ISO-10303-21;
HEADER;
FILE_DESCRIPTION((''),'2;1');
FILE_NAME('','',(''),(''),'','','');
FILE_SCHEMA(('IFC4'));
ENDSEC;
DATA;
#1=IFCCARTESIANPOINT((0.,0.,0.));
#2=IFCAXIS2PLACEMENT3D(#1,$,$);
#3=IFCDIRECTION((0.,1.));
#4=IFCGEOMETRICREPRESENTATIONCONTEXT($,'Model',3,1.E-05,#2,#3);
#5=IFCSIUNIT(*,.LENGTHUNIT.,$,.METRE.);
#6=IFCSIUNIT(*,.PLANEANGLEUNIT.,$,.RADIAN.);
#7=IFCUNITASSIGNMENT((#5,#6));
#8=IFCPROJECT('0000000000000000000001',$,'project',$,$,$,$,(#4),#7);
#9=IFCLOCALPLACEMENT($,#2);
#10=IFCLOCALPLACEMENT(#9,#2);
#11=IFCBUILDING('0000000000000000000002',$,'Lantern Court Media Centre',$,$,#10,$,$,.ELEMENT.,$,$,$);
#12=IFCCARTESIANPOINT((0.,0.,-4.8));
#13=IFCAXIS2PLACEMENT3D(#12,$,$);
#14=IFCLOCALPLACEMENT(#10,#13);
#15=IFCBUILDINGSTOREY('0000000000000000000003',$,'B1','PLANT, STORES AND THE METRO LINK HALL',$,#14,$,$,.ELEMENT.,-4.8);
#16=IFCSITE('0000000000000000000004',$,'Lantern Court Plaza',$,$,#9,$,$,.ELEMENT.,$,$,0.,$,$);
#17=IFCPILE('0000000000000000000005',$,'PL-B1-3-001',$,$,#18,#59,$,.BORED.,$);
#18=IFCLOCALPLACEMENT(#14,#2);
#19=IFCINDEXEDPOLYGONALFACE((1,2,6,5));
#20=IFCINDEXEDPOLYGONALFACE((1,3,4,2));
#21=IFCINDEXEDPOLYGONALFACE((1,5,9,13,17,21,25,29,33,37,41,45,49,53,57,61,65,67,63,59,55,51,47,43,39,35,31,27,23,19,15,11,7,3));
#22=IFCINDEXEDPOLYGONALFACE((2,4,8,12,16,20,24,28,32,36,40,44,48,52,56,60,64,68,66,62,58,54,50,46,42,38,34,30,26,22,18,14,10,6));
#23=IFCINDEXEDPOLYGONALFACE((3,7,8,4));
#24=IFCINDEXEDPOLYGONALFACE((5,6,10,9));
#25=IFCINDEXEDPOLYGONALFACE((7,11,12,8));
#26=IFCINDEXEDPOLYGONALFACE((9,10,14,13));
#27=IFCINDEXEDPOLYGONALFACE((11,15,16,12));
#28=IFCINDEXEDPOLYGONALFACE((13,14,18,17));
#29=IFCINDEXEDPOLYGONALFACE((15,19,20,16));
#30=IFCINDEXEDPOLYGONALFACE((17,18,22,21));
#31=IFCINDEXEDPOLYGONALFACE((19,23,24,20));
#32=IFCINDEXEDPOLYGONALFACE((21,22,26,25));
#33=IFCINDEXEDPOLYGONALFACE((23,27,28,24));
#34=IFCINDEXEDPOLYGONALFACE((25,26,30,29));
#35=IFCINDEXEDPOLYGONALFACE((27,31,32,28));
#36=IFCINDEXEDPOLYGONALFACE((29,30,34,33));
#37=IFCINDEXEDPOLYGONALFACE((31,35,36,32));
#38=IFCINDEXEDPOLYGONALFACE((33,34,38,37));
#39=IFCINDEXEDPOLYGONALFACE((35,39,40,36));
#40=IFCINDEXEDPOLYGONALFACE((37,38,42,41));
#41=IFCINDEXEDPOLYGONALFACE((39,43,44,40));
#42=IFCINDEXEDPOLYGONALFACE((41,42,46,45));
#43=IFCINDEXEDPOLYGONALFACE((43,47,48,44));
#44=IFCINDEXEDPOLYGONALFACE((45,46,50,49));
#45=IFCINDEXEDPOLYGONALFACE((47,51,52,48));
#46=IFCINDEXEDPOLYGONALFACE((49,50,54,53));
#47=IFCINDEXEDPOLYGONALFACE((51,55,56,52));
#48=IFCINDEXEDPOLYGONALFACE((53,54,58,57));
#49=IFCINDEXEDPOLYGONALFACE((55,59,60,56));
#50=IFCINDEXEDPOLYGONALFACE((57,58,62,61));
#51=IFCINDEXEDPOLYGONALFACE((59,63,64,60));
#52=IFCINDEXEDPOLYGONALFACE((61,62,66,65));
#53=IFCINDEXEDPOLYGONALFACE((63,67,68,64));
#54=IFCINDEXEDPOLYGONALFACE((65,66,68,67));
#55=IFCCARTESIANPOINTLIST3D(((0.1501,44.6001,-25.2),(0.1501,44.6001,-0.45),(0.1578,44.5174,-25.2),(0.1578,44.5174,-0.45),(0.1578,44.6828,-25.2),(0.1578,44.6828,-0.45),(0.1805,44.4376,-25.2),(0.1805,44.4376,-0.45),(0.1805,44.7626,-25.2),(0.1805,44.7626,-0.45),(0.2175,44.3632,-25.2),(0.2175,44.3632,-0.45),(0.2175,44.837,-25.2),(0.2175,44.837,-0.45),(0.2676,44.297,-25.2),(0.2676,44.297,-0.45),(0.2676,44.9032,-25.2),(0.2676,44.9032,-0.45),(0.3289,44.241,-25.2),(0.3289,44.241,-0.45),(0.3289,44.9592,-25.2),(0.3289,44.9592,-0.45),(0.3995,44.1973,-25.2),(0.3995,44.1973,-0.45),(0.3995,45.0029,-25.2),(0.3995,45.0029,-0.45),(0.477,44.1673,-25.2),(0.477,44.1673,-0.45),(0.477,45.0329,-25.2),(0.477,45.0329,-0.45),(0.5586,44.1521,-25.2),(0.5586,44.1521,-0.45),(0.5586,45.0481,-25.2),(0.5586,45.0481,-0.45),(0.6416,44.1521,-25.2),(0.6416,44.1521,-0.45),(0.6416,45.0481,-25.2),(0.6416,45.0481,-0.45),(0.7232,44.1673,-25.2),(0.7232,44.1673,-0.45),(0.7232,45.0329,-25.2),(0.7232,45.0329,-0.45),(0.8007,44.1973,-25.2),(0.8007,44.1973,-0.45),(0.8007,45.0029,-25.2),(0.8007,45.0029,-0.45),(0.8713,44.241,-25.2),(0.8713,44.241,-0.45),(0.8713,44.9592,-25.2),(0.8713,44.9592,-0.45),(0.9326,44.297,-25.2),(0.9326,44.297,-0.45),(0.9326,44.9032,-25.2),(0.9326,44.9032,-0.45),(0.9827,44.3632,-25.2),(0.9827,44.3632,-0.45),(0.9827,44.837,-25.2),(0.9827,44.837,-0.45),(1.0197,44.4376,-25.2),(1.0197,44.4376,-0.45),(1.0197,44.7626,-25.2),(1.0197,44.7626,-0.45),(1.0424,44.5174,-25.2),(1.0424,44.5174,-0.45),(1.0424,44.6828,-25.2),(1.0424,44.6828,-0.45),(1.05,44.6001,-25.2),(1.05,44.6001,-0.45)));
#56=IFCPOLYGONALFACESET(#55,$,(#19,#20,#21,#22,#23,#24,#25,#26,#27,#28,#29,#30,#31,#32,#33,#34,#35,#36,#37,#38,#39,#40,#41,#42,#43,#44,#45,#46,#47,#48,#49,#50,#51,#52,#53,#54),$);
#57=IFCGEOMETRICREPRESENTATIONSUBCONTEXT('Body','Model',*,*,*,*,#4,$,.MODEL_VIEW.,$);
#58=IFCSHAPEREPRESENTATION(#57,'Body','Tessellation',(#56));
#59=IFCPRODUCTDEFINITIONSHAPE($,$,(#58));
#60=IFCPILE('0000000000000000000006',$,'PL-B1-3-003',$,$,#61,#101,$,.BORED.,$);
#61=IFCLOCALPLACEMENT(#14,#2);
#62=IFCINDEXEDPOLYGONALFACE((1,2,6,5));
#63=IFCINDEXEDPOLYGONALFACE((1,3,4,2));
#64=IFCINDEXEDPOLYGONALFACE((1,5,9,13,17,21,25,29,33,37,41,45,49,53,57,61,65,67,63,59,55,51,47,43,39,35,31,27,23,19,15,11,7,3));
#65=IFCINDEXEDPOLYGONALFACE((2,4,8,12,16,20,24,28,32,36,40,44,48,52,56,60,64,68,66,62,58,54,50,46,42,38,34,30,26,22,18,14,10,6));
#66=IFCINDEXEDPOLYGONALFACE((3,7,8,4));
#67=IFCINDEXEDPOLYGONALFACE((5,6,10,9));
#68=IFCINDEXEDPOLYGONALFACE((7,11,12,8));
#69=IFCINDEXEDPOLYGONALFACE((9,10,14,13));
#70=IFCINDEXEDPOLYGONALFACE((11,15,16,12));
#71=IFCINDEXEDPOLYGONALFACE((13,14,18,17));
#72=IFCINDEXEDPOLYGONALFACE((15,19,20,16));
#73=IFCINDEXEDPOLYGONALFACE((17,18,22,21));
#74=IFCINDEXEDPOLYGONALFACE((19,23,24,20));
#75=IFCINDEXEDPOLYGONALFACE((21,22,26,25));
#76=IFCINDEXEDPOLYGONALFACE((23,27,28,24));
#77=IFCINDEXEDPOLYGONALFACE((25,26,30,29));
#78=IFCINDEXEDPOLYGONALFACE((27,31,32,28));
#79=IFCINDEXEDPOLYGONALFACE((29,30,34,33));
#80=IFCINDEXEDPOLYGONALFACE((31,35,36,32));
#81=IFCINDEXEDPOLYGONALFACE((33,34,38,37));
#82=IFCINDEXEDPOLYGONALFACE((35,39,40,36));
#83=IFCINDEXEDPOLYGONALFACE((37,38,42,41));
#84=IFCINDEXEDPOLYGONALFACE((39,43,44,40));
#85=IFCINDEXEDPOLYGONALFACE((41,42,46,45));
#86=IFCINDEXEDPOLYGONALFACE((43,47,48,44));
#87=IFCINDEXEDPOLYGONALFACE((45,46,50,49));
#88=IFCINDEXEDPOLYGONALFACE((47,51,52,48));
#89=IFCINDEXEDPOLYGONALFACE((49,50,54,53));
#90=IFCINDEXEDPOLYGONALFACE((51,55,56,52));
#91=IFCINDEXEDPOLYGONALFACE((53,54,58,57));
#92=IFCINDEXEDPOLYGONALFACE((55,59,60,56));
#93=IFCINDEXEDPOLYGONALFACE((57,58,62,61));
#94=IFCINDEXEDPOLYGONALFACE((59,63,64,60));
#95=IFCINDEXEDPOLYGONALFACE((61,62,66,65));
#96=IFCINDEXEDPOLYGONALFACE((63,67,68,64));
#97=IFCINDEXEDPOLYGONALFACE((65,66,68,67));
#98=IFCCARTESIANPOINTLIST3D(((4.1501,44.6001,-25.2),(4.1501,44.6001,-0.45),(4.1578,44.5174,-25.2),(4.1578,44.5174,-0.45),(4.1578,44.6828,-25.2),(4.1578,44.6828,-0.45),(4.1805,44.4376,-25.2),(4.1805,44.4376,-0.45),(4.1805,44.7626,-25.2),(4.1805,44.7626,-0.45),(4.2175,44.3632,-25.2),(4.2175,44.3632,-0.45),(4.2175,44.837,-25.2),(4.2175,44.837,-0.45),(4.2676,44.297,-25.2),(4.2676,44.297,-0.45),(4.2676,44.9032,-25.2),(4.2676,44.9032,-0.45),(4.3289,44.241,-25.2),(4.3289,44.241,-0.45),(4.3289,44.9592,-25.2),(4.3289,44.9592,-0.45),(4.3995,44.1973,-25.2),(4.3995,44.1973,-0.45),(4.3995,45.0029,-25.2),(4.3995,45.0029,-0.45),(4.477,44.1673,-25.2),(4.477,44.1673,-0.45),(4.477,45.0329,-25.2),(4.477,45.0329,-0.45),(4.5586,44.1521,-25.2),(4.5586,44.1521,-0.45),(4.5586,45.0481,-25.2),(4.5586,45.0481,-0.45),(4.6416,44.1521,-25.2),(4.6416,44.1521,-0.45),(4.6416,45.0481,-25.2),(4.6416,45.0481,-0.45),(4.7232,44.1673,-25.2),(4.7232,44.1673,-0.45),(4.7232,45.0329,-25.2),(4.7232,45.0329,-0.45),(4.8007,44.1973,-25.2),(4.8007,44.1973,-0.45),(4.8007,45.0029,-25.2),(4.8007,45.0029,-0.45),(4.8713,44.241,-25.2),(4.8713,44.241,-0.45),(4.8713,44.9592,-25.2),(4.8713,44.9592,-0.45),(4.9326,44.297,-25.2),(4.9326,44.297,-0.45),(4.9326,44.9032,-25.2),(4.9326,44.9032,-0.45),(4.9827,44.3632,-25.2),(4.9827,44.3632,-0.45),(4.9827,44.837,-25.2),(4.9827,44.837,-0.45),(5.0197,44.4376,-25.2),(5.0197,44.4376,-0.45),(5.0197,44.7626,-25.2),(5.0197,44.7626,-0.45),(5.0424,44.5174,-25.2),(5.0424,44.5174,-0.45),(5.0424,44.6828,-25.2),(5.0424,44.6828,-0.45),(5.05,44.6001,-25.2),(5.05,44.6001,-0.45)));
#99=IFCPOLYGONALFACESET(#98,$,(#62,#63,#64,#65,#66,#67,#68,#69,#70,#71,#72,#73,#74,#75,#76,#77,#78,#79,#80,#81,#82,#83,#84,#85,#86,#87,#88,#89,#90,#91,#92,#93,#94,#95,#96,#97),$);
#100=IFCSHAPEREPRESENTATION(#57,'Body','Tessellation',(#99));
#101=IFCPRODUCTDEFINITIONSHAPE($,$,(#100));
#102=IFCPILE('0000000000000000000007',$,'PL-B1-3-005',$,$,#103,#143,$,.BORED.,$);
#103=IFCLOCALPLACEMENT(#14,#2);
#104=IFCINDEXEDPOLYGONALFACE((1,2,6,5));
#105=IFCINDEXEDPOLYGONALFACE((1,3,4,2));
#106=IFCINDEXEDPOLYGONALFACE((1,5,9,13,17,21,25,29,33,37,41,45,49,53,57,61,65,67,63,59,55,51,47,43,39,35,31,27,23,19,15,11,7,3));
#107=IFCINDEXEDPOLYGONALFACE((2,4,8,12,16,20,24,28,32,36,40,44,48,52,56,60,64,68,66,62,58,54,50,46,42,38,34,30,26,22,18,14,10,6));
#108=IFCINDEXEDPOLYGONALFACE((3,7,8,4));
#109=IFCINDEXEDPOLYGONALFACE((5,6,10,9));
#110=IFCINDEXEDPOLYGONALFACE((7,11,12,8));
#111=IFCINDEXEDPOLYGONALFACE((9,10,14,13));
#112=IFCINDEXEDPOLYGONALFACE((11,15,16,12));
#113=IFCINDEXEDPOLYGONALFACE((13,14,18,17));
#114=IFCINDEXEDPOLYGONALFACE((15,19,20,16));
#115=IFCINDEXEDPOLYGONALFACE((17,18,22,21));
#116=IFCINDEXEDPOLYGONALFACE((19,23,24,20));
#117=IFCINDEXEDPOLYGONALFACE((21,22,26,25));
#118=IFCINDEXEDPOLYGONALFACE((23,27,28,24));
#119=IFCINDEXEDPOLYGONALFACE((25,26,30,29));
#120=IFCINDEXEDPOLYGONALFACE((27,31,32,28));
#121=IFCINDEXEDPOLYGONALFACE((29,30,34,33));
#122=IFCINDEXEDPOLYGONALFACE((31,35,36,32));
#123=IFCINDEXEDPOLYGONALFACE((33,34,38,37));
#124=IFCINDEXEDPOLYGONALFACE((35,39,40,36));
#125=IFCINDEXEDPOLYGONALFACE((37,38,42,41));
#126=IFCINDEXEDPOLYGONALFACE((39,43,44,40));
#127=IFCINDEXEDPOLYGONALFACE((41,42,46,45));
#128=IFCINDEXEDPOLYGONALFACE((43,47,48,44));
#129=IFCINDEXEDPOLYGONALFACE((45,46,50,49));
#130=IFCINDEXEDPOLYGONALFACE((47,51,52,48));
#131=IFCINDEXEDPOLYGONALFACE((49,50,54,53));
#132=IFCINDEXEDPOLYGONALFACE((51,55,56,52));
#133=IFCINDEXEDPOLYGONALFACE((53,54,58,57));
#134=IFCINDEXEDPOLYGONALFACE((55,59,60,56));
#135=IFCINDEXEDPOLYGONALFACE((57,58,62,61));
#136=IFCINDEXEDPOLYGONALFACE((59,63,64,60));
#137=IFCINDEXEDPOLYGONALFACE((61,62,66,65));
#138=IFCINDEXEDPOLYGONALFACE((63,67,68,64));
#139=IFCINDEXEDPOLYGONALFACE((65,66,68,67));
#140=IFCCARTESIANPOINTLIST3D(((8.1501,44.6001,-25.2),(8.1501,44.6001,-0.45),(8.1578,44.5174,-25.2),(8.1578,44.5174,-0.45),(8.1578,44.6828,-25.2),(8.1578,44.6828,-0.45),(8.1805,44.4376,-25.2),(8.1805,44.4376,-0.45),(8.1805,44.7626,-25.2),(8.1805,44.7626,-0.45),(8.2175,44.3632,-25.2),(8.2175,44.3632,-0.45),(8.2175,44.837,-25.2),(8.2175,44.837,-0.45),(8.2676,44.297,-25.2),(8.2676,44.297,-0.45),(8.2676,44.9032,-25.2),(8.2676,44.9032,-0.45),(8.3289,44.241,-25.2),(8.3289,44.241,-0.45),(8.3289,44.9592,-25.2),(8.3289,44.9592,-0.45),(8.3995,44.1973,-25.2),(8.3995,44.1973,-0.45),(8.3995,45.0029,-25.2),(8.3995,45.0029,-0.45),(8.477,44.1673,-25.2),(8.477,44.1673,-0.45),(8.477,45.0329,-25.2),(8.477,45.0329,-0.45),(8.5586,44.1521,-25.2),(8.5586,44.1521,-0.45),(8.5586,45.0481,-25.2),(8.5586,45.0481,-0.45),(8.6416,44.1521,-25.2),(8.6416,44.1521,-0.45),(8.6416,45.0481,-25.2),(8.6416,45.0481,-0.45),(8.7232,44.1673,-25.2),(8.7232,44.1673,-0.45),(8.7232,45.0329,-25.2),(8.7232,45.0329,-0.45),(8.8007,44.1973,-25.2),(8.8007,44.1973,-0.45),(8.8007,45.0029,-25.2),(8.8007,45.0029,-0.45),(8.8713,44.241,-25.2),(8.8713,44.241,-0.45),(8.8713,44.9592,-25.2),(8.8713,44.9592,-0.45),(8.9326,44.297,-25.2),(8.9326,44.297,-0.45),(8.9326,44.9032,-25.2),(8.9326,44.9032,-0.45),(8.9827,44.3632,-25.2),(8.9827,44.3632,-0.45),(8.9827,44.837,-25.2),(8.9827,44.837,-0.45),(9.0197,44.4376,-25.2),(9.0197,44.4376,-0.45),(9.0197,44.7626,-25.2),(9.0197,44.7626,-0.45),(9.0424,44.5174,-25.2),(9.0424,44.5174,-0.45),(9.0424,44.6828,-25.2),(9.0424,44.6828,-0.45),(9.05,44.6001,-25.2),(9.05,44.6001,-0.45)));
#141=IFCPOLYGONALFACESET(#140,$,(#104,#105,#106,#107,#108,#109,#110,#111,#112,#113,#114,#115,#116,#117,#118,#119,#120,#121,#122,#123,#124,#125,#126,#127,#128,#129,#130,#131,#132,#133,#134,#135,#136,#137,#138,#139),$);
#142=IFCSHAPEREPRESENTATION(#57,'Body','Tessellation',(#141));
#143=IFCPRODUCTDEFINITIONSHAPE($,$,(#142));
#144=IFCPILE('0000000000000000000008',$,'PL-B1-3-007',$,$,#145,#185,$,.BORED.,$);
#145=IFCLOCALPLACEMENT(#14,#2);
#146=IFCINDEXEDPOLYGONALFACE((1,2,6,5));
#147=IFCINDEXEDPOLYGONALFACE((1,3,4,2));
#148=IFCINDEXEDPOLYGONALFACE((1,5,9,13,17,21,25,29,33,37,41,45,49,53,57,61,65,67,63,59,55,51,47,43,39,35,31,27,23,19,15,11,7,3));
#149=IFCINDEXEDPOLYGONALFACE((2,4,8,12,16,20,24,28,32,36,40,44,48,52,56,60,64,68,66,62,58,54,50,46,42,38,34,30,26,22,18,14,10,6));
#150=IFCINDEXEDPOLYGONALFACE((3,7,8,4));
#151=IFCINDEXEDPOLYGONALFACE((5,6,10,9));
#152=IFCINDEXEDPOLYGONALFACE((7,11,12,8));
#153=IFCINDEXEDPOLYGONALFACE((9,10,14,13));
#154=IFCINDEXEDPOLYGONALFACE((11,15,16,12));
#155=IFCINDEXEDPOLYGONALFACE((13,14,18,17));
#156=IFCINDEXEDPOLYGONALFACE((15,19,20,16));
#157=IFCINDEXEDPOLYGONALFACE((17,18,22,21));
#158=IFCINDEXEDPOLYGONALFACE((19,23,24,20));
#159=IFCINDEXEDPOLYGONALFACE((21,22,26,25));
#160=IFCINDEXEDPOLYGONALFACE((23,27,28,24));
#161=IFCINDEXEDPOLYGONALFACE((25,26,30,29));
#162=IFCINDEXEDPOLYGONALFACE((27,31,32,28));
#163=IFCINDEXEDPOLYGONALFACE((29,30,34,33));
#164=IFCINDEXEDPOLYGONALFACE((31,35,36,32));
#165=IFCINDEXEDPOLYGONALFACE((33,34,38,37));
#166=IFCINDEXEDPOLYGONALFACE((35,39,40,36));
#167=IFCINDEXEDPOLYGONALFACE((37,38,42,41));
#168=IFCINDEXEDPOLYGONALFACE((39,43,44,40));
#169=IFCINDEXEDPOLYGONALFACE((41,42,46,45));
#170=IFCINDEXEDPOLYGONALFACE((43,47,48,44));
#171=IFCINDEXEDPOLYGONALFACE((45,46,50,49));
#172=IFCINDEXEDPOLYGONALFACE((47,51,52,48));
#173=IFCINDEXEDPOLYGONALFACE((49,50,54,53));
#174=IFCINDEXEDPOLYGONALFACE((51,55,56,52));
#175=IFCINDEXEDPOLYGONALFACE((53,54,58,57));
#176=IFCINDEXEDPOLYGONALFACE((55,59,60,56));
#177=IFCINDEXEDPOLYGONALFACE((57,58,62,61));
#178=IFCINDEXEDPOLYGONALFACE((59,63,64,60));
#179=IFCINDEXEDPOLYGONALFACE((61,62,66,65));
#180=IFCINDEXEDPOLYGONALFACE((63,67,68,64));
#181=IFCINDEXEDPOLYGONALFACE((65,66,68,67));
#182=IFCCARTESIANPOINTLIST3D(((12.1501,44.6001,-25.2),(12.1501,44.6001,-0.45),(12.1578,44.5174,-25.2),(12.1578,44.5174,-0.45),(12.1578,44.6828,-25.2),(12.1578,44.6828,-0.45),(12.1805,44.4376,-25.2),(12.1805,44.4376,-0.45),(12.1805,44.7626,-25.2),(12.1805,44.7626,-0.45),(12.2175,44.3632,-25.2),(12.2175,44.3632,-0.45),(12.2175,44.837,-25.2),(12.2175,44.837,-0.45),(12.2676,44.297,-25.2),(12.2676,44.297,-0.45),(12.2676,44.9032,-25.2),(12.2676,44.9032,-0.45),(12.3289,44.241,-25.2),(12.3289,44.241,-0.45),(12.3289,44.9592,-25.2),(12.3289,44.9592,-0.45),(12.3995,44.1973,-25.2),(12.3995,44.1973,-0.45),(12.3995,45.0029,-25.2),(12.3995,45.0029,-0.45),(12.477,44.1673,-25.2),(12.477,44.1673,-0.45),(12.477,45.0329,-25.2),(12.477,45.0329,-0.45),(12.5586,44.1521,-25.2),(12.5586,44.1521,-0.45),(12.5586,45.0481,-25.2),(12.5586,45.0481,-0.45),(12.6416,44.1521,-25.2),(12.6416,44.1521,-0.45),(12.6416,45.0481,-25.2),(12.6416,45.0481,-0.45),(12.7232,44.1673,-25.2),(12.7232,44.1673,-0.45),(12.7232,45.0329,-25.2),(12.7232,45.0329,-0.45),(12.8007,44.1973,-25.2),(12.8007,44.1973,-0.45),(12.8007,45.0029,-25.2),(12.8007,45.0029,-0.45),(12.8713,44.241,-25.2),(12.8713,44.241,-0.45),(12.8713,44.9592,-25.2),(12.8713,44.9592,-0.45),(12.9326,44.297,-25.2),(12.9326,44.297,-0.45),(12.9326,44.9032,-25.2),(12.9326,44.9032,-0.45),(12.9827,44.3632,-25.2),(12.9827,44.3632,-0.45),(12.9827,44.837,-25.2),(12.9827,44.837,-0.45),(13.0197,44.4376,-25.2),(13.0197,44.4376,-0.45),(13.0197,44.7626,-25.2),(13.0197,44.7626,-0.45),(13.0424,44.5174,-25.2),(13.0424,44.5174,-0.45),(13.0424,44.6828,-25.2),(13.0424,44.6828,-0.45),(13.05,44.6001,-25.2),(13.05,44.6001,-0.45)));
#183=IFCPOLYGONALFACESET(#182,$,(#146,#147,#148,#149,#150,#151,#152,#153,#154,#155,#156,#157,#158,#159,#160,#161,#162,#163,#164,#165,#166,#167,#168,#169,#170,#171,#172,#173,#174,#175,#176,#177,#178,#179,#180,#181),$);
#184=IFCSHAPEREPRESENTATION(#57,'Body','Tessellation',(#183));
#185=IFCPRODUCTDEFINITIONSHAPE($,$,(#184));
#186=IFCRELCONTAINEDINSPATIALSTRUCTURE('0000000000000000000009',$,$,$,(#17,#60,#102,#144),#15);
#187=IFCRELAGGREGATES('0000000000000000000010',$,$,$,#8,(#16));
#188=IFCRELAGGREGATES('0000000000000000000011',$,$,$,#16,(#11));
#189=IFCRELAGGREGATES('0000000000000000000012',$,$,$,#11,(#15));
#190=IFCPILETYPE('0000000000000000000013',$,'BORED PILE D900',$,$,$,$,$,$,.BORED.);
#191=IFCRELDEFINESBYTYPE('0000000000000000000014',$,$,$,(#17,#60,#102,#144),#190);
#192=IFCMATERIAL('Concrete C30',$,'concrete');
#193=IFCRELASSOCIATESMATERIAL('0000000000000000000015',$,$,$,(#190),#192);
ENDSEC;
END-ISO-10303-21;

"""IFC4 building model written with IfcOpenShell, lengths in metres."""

from ifc_helpers import new_model, si_unit, direction, frame, origin, origin_2d, place, context, subcontext, project, spatial, circle, extrude, material, material_profile, profile_set, type_object, element, save


model = new_model("IFC4")

# Units and contexts
model_context = context("Model", 3, precision=1e-05, world=origin(), true_north=direction((0.0, 1.0)))
body_context = subcontext(model_context, "Body", "Model", "MODEL_VIEW")
ifc_project = project(units=[si_unit("LENGTHUNIT", "METRE"), si_unit("PLANEANGLEUNIT", "RADIAN")], contexts=[model_context])

# Site, building, storey
site_placement = place(None, origin())
site = spatial("IfcSite", under=ifc_project, at=site_placement, Name="Lantern Court Plaza", CompositionType="ELEMENT", RefElevation=0.0)
building_placement = place(site_placement, origin())
building = spatial("IfcBuilding", under=site, at=building_placement, Name="Lantern Court Media Centre", CompositionType="ELEMENT")
storey_placement = place(building_placement, frame((0.0, 0.0, -4.8)))
storey = spatial("IfcBuildingStorey", under=building, at=storey_placement, Name="B1", Description="PLANT, STORES AND THE METRO LINK HALL", CompositionType="ELEMENT", Elevation=-4.8)

# Piles
ifc_material_1 = material(Name="Concrete C30", Category="concrete")
ifc_material_profile_1 = material_profile(ifc_material_1, circle(Radius=0.45, at=origin_2d()), Name="D900")
ifc_profile_set_1 = profile_set([ifc_material_profile_1], Name="Concrete C30")
pile_type = type_object("IfcPileType", Name="BORED PILE D900", PredefinedType="BORED", material=ifc_profile_set_1)
for number, where, z_axis, x_axis, name in (
    (1, (0.6001, 44.6001, -0.45), (0.0, 0.0, -1.0), (1.0, 0.0, 0.0), "PL-B1-3-001"),
    (2, (4.6001, 44.6001, -0.45), (0.0, 0.0, -1.0), (1.0, 0.0, 0.0), "PL-B1-3-003"),
    (3, (8.6001, 44.6001, -0.45), (0.0, 0.0, -1.0), (1.0, 0.0, 0.0), "PL-B1-3-005"),
    (4, (12.6001, 44.6001, -0.45), (0.0, 0.0, -1.0), (1.0, 0.0, 0.0), "PL-B1-3-007"),
):
    element("IfcPile", number, at=place(storey_placement, frame(where, z_axis=z_axis, x_axis=x_axis)), inside=storey, type_object=pile_type, Name=name, PredefinedType="BORED", context=body_context, shape_type="SweptSolid", body=[
        extrude(circle(Radius=0.45, at=origin_2d()), origin(), (0.0, 0.0, 1.0), 24.75),
    ])

save(model, "model.ifc")
